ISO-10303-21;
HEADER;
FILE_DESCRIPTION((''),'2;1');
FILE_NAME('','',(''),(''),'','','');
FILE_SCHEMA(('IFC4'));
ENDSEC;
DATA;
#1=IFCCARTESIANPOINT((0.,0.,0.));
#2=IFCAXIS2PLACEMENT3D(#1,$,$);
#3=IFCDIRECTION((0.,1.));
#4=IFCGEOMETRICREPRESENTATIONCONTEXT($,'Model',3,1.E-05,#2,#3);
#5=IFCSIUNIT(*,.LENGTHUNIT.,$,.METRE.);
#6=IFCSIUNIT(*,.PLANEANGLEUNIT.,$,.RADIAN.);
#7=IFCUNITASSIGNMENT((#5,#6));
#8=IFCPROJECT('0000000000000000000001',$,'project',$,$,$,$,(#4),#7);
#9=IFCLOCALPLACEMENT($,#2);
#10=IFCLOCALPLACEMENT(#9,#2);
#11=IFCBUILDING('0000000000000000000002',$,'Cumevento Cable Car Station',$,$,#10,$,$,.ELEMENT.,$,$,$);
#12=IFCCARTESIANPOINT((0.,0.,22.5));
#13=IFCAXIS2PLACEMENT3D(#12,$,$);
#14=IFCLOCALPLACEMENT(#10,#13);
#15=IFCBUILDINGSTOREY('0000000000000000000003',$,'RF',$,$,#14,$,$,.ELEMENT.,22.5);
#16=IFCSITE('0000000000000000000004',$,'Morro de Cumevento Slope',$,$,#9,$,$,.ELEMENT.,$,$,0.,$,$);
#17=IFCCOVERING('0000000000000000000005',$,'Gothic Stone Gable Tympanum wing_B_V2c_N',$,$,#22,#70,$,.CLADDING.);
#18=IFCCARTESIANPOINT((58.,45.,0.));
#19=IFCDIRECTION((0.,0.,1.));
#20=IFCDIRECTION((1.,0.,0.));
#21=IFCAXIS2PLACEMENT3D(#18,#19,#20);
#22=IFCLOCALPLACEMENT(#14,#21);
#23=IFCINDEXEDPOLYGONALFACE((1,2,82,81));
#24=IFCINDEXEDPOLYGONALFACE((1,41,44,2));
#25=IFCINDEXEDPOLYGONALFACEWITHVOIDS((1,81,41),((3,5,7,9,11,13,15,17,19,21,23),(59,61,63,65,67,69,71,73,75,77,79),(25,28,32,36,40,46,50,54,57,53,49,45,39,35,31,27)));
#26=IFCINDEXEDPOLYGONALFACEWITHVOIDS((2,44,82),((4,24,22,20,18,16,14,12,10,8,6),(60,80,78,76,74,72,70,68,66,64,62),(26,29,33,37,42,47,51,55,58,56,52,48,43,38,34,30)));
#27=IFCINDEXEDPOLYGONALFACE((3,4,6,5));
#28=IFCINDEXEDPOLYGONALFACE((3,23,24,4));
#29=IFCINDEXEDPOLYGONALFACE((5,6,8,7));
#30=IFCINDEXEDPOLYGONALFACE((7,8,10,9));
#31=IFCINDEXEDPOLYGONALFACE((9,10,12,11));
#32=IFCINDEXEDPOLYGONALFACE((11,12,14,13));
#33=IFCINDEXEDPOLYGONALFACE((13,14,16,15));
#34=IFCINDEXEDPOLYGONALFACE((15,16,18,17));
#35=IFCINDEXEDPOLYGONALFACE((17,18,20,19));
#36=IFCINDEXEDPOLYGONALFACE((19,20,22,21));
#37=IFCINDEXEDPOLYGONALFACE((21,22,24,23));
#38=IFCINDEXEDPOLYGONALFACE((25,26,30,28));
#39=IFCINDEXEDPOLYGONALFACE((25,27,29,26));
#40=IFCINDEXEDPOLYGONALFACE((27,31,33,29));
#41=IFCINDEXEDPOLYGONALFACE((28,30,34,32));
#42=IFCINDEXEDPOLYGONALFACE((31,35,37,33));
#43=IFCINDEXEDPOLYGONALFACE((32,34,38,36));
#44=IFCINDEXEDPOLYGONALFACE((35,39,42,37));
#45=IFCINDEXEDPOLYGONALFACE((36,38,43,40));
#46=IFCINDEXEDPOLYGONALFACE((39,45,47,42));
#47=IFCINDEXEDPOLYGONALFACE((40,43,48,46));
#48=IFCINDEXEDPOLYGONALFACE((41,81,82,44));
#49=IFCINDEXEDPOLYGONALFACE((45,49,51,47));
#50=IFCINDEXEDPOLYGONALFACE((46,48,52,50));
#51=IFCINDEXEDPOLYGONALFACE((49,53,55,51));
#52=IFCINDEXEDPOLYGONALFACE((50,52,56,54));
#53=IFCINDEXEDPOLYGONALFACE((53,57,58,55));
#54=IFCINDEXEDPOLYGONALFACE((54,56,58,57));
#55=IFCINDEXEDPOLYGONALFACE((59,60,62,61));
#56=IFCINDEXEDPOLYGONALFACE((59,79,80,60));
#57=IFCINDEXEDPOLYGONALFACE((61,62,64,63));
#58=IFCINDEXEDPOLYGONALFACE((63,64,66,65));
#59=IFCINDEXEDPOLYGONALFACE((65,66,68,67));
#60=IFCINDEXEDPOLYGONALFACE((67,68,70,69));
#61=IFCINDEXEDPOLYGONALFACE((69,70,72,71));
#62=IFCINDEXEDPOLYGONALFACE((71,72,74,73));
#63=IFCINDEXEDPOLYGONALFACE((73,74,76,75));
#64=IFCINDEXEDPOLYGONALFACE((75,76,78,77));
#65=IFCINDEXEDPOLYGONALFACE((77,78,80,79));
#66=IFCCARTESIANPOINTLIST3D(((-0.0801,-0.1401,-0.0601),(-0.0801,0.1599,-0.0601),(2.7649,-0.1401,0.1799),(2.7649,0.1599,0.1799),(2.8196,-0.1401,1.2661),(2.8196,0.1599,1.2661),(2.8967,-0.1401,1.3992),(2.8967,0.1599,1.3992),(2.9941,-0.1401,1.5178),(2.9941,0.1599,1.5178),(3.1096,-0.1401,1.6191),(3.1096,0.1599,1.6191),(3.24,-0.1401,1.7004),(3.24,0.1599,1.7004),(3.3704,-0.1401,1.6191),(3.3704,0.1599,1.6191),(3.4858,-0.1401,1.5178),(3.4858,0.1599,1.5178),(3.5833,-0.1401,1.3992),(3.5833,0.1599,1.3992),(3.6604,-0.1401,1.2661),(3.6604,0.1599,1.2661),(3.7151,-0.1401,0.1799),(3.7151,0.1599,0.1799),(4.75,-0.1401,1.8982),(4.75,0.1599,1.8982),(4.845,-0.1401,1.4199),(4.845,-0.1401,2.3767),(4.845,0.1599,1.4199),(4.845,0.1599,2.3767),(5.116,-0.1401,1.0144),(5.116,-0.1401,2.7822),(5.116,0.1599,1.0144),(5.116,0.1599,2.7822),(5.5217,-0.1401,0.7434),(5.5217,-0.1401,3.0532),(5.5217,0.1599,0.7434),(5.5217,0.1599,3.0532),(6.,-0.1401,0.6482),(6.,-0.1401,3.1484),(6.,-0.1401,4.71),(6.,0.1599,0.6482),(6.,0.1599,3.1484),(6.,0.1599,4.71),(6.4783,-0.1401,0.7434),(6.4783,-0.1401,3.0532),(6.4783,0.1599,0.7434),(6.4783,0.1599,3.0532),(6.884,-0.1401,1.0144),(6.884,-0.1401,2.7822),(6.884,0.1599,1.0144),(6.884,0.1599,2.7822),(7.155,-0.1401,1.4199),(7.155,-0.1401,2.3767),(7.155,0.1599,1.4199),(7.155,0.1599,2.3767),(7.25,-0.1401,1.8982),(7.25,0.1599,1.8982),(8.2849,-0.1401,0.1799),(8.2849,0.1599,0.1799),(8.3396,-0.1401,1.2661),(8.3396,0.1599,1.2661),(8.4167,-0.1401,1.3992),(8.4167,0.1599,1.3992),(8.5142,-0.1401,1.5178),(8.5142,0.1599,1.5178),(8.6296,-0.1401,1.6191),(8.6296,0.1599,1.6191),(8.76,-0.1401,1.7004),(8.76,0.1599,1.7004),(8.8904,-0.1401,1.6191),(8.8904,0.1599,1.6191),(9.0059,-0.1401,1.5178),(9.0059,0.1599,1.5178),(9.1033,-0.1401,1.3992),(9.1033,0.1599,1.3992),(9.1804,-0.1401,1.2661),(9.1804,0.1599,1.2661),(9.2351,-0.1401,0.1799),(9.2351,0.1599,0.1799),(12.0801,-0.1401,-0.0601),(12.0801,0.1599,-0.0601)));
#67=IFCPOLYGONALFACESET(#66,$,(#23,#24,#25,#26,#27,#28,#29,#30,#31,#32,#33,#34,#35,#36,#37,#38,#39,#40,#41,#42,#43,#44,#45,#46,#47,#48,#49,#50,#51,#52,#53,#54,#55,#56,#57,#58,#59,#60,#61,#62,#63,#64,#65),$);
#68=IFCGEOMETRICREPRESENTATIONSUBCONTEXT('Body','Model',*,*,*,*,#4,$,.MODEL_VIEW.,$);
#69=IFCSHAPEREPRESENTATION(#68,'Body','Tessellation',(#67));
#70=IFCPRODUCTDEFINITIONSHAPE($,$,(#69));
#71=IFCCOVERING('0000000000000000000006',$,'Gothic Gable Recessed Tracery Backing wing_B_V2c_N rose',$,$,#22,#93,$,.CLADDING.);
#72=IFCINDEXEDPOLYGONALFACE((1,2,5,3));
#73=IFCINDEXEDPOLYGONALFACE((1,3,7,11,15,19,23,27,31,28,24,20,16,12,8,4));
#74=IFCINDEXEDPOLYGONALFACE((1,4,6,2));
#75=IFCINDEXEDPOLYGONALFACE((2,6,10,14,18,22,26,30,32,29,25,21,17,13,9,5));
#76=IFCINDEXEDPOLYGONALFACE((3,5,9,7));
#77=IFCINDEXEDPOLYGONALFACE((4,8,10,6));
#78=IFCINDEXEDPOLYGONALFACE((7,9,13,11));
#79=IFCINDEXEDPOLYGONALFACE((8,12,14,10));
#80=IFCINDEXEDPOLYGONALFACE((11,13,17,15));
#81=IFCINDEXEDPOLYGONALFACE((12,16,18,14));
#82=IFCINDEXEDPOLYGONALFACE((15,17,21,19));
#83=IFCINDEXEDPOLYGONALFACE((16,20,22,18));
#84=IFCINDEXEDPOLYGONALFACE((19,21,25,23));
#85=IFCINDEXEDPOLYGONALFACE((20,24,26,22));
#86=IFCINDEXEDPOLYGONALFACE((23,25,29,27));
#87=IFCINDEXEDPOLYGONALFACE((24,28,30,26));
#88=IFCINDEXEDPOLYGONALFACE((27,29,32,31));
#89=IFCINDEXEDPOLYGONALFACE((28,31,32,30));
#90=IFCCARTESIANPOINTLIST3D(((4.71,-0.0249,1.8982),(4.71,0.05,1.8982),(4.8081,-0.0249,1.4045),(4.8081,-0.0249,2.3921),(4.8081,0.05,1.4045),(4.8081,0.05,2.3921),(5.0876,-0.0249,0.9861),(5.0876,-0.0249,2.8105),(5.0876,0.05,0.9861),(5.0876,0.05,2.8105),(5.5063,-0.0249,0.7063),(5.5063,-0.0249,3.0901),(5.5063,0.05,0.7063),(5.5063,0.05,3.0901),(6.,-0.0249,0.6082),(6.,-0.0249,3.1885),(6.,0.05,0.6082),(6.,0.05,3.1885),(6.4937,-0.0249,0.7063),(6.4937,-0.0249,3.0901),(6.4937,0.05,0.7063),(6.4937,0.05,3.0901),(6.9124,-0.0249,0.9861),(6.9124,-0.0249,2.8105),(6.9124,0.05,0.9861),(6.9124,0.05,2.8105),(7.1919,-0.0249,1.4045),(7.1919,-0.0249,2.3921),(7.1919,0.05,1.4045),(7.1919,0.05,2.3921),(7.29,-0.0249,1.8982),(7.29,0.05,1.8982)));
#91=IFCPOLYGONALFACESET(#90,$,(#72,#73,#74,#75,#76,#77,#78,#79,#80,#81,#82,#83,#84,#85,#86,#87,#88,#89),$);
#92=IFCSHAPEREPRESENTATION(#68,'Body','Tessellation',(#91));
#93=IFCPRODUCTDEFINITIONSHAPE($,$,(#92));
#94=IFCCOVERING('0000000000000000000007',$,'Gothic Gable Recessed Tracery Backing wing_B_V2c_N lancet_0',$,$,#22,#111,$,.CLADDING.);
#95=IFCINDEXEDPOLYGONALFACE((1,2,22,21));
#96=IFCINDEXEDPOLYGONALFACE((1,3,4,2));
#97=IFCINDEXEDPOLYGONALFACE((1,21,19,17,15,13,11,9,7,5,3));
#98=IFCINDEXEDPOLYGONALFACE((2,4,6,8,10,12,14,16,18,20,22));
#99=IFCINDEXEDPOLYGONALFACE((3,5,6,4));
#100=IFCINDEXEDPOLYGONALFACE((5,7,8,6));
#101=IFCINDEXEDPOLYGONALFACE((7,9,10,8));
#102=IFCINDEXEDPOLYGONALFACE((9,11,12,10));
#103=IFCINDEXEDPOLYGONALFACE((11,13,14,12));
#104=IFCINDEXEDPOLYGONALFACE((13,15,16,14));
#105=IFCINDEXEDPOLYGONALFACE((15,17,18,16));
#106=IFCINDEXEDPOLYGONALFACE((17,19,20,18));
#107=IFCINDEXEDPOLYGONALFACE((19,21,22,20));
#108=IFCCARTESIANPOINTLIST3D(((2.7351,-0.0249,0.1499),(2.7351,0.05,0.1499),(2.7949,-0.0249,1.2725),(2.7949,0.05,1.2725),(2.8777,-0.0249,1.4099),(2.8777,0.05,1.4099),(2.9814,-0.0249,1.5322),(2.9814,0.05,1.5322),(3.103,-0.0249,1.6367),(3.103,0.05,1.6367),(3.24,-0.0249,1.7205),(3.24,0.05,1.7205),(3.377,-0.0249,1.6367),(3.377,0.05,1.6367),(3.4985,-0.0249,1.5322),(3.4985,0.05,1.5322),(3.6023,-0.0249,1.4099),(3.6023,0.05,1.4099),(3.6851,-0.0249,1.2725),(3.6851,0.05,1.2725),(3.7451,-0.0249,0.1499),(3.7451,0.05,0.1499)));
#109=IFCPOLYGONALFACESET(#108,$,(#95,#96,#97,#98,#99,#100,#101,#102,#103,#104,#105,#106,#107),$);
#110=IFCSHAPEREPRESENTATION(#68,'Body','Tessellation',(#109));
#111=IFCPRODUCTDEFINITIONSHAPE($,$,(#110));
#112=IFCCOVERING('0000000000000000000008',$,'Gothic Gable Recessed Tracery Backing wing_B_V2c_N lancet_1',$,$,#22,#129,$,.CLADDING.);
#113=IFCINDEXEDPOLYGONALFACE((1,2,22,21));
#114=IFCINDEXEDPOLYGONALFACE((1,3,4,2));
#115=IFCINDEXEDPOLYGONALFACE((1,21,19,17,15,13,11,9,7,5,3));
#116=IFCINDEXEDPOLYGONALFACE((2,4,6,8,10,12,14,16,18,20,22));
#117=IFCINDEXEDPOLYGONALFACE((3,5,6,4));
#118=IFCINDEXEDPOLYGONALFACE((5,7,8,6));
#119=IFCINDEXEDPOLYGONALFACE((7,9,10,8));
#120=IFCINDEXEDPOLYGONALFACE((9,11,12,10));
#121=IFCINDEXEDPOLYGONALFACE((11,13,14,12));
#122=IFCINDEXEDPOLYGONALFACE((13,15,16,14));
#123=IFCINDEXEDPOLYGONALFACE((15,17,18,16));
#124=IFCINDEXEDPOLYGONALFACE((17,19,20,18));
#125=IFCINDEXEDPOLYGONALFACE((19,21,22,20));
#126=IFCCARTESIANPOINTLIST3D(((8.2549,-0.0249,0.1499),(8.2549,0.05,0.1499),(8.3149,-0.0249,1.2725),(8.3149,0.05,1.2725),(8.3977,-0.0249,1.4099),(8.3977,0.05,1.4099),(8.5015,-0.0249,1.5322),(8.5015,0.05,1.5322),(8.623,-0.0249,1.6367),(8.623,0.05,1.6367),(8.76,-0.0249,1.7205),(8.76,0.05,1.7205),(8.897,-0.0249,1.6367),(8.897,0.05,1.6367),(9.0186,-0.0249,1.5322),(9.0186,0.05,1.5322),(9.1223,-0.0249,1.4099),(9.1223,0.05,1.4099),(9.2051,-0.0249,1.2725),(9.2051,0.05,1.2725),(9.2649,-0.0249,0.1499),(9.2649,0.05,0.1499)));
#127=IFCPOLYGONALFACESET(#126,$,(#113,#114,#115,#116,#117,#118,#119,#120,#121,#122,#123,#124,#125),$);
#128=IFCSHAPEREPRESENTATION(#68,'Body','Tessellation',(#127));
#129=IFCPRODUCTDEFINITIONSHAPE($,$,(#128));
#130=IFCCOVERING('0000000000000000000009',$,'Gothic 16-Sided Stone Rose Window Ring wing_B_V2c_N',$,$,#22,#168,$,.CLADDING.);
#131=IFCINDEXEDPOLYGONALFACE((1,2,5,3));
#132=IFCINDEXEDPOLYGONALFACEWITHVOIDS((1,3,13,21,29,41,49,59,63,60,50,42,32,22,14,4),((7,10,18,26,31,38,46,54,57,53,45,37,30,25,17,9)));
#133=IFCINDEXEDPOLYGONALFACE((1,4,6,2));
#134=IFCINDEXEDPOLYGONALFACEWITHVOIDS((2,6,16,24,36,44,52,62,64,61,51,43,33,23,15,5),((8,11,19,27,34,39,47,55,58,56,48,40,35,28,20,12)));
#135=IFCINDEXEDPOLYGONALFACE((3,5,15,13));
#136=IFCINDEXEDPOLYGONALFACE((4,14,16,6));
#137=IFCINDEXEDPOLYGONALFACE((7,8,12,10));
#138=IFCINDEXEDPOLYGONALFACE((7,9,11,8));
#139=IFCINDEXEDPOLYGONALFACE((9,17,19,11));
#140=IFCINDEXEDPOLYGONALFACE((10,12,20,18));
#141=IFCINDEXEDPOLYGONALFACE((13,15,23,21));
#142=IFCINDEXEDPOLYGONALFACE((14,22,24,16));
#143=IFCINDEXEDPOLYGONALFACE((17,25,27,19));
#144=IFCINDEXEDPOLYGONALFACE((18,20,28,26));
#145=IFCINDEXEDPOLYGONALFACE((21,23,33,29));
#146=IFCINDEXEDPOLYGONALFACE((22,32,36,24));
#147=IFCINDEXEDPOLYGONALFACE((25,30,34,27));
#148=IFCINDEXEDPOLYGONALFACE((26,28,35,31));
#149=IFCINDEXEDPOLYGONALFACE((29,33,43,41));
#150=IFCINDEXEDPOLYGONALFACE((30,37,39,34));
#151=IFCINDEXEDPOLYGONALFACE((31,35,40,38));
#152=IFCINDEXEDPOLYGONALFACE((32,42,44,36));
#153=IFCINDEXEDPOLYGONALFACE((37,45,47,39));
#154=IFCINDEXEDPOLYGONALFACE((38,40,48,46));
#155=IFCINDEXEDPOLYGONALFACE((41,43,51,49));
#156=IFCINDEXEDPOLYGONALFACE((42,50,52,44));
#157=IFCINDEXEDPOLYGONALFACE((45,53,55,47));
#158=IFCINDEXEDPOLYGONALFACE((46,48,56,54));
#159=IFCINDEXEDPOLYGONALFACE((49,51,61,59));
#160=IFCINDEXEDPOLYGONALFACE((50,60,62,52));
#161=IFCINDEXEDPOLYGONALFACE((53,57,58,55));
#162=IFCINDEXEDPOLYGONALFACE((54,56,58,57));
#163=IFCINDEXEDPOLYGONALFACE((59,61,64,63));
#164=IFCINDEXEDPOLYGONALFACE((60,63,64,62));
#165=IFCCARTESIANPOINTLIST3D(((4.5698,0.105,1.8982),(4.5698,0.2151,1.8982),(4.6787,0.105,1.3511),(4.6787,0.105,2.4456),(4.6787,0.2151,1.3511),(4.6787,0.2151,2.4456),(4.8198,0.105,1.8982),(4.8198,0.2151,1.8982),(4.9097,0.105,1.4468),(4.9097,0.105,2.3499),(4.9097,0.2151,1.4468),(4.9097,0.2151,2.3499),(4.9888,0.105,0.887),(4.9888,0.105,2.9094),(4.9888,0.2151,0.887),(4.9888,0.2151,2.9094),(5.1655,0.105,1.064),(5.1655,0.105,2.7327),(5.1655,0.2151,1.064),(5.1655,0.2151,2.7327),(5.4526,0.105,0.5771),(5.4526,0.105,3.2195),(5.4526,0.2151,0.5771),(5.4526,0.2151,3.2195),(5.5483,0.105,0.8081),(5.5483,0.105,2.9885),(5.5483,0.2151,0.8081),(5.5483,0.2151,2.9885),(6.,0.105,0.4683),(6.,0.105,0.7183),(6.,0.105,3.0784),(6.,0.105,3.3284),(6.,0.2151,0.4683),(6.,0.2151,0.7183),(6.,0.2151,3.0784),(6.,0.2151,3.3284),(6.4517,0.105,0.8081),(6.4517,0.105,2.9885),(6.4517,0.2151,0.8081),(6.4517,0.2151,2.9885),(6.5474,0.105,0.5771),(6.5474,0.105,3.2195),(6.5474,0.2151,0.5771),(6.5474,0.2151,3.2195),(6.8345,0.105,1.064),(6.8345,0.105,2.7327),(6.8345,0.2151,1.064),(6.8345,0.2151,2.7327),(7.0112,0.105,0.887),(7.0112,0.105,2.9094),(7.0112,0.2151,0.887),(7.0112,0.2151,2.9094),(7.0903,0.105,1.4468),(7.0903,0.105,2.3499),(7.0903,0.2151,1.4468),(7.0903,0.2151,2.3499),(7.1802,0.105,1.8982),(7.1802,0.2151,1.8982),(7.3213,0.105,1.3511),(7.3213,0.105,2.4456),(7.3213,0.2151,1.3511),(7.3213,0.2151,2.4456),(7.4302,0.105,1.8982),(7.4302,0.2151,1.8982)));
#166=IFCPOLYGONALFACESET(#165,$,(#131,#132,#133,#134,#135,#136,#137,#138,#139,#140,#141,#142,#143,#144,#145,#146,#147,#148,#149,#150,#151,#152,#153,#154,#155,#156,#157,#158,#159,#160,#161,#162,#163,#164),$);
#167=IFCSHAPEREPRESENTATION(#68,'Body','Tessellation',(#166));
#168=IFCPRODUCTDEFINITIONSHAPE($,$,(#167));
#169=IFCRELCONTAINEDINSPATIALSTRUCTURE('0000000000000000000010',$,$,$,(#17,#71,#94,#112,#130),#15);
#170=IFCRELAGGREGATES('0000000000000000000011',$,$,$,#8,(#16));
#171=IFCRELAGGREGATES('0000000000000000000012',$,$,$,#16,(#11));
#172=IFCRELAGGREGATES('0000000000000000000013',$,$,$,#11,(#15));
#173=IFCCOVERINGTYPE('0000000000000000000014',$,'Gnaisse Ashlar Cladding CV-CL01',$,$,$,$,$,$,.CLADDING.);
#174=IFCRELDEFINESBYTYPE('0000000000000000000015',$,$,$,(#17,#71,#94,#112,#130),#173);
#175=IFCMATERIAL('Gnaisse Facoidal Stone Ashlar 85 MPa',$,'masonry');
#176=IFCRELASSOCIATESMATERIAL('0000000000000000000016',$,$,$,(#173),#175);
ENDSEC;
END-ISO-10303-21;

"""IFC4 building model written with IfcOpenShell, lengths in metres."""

from ifc_helpers import new_model, si_unit, direction, frame, origin, place, context, subcontext, project, spatial, polyline, outline, extrude, material, type_object, element, save


model = new_model("IFC4")

# Units and contexts
model_context = context("Model", 3, precision=1e-05, world=origin(), true_north=direction((0.0, 1.0)))
body_context = subcontext(model_context, "Body", "Model", "MODEL_VIEW")
ifc_project = project(units=[si_unit("LENGTHUNIT", "METRE"), si_unit("PLANEANGLEUNIT", "RADIAN")], contexts=[model_context])

# Site, building, storey
site_placement = place(None, origin())
site = spatial("IfcSite", under=ifc_project, at=site_placement, Name="Morro de Cumevento Slope", CompositionType="ELEMENT", RefElevation=0.0)
building_placement = place(site_placement, origin())
building = spatial("IfcBuilding", under=site, at=building_placement, Name="Cumevento Cable Car Station", CompositionType="ELEMENT")
storey_placement = place(building_placement, frame((0.0, 0.0, 22.5)))
storey = spatial("IfcBuildingStorey", under=building, at=storey_placement, Name="RF", CompositionType="ELEMENT", Elevation=22.5)

# Coverings
ifc_material_1 = material(Name="Gnaisse Facoidal Stone Ashlar 85 MPa", Category="masonry")
covering_type_1 = type_object("IfcCoveringType", Name="Gnaisse Ashlar Cladding CV-CL01", PredefinedType="CLADDING", material=ifc_material_1)
placement = place(storey_placement, frame((58.0, 45.0, 0.0), z_axis=(0.0, 0.0, 1.0), x_axis=(1.0, 0.0, 0.0)))
element("IfcCovering", 1, at=placement, inside=storey, type_object=covering_type_1, Name="Gothic Stone Gable Tympanum wing_B_V2c_N", PredefinedType="CLADDING", context=body_context, shape_type="SweptSolid", body=[
    extrude(outline(polyline([(-0.0801, -0.0601), (12.0801, -0.0601), (6.0, 4.71), (-0.0801, -0.0601)]), holes=[polyline([(7.25, 1.8982), (7.155, 2.3767), (6.884, 2.7822), (6.4783, 3.0532), (6.0, 3.1484), (5.5217, 3.0532), (5.116, 2.7822), (4.845, 2.3767), (4.75, 1.8982), (4.845, 1.4199), (5.116, 1.0144), (5.5217, 0.7434), (6.0, 0.6482), (6.4783, 0.7434), (6.884, 1.0144), (7.155, 1.4199), (7.25, 1.8982)]), polyline([(2.7649, 0.1799), (3.7151, 0.1799), (3.6604, 1.2661), (3.5833, 1.3992), (3.4858, 1.5178), (3.3704, 1.6191), (3.24, 1.7004), (3.1096, 1.6191), (2.9941, 1.5178), (2.8967, 1.3992), (2.8196, 1.2661), (2.7649, 0.1799)]), polyline([(8.2849, 0.1799), (9.2351, 0.1799), (9.1804, 1.2661), (9.1033, 1.3992), (9.0059, 1.5178), (8.8904, 1.6191), (8.76, 1.7004), (8.6296, 1.6191), (8.5142, 1.5178), (8.4167, 1.3992), (8.3396, 1.2661), (8.2849, 0.1799)])]), frame((0.0, 0.1599, 0.0), z_axis=(0.0, -1.0, 0.0), x_axis=(1.0, 0.0, 0.0)), (0.0, 0.0, 1.0), 0.3),
])
element("IfcCovering", 2, at=placement, inside=storey, type_object=covering_type_1, Name="Gothic Gable Recessed Tracery Backing wing_B_V2c_N rose", PredefinedType="CLADDING", context=body_context, shape_type="SweptSolid", body=[
    extrude(outline(polyline([(7.29, 1.8982), (7.1919, 2.3921), (6.9124, 2.8105), (6.4937, 3.0901), (6.0, 3.1885), (5.5063, 3.0901), (5.0876, 2.8105), (4.8081, 2.3921), (4.71, 1.8982), (4.8081, 1.4045), (5.0876, 0.9861), (5.5063, 0.7063), (6.0, 0.6082), (6.4937, 0.7063), (6.9124, 0.9861), (7.1919, 1.4045), (7.29, 1.8982)])), frame((0.0, 0.05, 0.0), z_axis=(0.0, -1.0, 0.0), x_axis=(1.0, 0.0, 0.0)), (0.0, 0.0, 1.0), 0.075),
])
element("IfcCovering", 3, at=placement, inside=storey, type_object=covering_type_1, Name="Gothic Gable Recessed Tracery Backing wing_B_V2c_N lancet_0", PredefinedType="CLADDING", context=body_context, shape_type="SweptSolid", body=[
    extrude(outline(polyline([(2.7351, 0.1499), (3.7451, 0.1499), (3.6851, 1.2725), (3.6023, 1.4099), (3.4985, 1.5322), (3.377, 1.6367), (3.24, 1.7205), (3.103, 1.6367), (2.9814, 1.5322), (2.8777, 1.4099), (2.7949, 1.2725), (2.7351, 0.1499)])), frame((0.0, 0.05, 0.0), z_axis=(0.0, -1.0, 0.0), x_axis=(1.0, 0.0, 0.0)), (0.0, 0.0, 1.0), 0.075),
])
element("IfcCovering", 4, at=placement, inside=storey, type_object=covering_type_1, Name="Gothic Gable Recessed Tracery Backing wing_B_V2c_N lancet_1", PredefinedType="CLADDING", context=body_context, shape_type="SweptSolid", body=[
    extrude(outline(polyline([(8.2549, 0.1499), (9.2649, 0.1499), (9.2051, 1.2725), (9.1223, 1.4099), (9.0186, 1.5322), (8.897, 1.6367), (8.76, 1.7205), (8.623, 1.6367), (8.5015, 1.5322), (8.3977, 1.4099), (8.3149, 1.2725), (8.2549, 0.1499)])), frame((0.0, 0.05, 0.0), z_axis=(0.0, -1.0, 0.0), x_axis=(1.0, 0.0, 0.0)), (0.0, 0.0, 1.0), 0.075),
])
element("IfcCovering", 5, at=placement, inside=storey, type_object=covering_type_1, Name="Gothic 16-Sided Stone Rose Window Ring wing_B_V2c_N", PredefinedType="CLADDING", context=body_context, shape_type="SweptSolid", body=[
    extrude(outline(polyline([(7.4302, 1.8982), (7.3213, 2.4456), (7.0112, 2.9094), (6.5474, 3.2195), (6.0, 3.3284), (5.4526, 3.2195), (4.9888, 2.9094), (4.6787, 2.4456), (4.5698, 1.8982), (4.6787, 1.3511), (4.9888, 0.887), (5.4526, 0.5771), (6.0, 0.4683), (6.5474, 0.5771), (7.0112, 0.887), (7.3213, 1.3511), (7.4302, 1.8982)]), holes=[polyline([(7.1802, 1.8982), (7.0903, 2.3499), (6.8345, 2.7327), (6.4517, 2.9885), (6.0, 3.0784), (5.5483, 2.9885), (5.1655, 2.7327), (4.9097, 2.3499), (4.8198, 1.8982), (4.9097, 1.4468), (5.1655, 1.064), (5.5483, 0.8081), (6.0, 0.7183), (6.4517, 0.8081), (6.8345, 1.064), (7.0903, 1.4468), (7.1802, 1.8982)])]), frame((0.0, 0.2151, 0.0), z_axis=(0.0, -1.0, 0.0), x_axis=(1.0, 0.0, 0.0)), (0.0, 0.0, 1.0), 0.1101),
])

save(model, "model.ifc")
